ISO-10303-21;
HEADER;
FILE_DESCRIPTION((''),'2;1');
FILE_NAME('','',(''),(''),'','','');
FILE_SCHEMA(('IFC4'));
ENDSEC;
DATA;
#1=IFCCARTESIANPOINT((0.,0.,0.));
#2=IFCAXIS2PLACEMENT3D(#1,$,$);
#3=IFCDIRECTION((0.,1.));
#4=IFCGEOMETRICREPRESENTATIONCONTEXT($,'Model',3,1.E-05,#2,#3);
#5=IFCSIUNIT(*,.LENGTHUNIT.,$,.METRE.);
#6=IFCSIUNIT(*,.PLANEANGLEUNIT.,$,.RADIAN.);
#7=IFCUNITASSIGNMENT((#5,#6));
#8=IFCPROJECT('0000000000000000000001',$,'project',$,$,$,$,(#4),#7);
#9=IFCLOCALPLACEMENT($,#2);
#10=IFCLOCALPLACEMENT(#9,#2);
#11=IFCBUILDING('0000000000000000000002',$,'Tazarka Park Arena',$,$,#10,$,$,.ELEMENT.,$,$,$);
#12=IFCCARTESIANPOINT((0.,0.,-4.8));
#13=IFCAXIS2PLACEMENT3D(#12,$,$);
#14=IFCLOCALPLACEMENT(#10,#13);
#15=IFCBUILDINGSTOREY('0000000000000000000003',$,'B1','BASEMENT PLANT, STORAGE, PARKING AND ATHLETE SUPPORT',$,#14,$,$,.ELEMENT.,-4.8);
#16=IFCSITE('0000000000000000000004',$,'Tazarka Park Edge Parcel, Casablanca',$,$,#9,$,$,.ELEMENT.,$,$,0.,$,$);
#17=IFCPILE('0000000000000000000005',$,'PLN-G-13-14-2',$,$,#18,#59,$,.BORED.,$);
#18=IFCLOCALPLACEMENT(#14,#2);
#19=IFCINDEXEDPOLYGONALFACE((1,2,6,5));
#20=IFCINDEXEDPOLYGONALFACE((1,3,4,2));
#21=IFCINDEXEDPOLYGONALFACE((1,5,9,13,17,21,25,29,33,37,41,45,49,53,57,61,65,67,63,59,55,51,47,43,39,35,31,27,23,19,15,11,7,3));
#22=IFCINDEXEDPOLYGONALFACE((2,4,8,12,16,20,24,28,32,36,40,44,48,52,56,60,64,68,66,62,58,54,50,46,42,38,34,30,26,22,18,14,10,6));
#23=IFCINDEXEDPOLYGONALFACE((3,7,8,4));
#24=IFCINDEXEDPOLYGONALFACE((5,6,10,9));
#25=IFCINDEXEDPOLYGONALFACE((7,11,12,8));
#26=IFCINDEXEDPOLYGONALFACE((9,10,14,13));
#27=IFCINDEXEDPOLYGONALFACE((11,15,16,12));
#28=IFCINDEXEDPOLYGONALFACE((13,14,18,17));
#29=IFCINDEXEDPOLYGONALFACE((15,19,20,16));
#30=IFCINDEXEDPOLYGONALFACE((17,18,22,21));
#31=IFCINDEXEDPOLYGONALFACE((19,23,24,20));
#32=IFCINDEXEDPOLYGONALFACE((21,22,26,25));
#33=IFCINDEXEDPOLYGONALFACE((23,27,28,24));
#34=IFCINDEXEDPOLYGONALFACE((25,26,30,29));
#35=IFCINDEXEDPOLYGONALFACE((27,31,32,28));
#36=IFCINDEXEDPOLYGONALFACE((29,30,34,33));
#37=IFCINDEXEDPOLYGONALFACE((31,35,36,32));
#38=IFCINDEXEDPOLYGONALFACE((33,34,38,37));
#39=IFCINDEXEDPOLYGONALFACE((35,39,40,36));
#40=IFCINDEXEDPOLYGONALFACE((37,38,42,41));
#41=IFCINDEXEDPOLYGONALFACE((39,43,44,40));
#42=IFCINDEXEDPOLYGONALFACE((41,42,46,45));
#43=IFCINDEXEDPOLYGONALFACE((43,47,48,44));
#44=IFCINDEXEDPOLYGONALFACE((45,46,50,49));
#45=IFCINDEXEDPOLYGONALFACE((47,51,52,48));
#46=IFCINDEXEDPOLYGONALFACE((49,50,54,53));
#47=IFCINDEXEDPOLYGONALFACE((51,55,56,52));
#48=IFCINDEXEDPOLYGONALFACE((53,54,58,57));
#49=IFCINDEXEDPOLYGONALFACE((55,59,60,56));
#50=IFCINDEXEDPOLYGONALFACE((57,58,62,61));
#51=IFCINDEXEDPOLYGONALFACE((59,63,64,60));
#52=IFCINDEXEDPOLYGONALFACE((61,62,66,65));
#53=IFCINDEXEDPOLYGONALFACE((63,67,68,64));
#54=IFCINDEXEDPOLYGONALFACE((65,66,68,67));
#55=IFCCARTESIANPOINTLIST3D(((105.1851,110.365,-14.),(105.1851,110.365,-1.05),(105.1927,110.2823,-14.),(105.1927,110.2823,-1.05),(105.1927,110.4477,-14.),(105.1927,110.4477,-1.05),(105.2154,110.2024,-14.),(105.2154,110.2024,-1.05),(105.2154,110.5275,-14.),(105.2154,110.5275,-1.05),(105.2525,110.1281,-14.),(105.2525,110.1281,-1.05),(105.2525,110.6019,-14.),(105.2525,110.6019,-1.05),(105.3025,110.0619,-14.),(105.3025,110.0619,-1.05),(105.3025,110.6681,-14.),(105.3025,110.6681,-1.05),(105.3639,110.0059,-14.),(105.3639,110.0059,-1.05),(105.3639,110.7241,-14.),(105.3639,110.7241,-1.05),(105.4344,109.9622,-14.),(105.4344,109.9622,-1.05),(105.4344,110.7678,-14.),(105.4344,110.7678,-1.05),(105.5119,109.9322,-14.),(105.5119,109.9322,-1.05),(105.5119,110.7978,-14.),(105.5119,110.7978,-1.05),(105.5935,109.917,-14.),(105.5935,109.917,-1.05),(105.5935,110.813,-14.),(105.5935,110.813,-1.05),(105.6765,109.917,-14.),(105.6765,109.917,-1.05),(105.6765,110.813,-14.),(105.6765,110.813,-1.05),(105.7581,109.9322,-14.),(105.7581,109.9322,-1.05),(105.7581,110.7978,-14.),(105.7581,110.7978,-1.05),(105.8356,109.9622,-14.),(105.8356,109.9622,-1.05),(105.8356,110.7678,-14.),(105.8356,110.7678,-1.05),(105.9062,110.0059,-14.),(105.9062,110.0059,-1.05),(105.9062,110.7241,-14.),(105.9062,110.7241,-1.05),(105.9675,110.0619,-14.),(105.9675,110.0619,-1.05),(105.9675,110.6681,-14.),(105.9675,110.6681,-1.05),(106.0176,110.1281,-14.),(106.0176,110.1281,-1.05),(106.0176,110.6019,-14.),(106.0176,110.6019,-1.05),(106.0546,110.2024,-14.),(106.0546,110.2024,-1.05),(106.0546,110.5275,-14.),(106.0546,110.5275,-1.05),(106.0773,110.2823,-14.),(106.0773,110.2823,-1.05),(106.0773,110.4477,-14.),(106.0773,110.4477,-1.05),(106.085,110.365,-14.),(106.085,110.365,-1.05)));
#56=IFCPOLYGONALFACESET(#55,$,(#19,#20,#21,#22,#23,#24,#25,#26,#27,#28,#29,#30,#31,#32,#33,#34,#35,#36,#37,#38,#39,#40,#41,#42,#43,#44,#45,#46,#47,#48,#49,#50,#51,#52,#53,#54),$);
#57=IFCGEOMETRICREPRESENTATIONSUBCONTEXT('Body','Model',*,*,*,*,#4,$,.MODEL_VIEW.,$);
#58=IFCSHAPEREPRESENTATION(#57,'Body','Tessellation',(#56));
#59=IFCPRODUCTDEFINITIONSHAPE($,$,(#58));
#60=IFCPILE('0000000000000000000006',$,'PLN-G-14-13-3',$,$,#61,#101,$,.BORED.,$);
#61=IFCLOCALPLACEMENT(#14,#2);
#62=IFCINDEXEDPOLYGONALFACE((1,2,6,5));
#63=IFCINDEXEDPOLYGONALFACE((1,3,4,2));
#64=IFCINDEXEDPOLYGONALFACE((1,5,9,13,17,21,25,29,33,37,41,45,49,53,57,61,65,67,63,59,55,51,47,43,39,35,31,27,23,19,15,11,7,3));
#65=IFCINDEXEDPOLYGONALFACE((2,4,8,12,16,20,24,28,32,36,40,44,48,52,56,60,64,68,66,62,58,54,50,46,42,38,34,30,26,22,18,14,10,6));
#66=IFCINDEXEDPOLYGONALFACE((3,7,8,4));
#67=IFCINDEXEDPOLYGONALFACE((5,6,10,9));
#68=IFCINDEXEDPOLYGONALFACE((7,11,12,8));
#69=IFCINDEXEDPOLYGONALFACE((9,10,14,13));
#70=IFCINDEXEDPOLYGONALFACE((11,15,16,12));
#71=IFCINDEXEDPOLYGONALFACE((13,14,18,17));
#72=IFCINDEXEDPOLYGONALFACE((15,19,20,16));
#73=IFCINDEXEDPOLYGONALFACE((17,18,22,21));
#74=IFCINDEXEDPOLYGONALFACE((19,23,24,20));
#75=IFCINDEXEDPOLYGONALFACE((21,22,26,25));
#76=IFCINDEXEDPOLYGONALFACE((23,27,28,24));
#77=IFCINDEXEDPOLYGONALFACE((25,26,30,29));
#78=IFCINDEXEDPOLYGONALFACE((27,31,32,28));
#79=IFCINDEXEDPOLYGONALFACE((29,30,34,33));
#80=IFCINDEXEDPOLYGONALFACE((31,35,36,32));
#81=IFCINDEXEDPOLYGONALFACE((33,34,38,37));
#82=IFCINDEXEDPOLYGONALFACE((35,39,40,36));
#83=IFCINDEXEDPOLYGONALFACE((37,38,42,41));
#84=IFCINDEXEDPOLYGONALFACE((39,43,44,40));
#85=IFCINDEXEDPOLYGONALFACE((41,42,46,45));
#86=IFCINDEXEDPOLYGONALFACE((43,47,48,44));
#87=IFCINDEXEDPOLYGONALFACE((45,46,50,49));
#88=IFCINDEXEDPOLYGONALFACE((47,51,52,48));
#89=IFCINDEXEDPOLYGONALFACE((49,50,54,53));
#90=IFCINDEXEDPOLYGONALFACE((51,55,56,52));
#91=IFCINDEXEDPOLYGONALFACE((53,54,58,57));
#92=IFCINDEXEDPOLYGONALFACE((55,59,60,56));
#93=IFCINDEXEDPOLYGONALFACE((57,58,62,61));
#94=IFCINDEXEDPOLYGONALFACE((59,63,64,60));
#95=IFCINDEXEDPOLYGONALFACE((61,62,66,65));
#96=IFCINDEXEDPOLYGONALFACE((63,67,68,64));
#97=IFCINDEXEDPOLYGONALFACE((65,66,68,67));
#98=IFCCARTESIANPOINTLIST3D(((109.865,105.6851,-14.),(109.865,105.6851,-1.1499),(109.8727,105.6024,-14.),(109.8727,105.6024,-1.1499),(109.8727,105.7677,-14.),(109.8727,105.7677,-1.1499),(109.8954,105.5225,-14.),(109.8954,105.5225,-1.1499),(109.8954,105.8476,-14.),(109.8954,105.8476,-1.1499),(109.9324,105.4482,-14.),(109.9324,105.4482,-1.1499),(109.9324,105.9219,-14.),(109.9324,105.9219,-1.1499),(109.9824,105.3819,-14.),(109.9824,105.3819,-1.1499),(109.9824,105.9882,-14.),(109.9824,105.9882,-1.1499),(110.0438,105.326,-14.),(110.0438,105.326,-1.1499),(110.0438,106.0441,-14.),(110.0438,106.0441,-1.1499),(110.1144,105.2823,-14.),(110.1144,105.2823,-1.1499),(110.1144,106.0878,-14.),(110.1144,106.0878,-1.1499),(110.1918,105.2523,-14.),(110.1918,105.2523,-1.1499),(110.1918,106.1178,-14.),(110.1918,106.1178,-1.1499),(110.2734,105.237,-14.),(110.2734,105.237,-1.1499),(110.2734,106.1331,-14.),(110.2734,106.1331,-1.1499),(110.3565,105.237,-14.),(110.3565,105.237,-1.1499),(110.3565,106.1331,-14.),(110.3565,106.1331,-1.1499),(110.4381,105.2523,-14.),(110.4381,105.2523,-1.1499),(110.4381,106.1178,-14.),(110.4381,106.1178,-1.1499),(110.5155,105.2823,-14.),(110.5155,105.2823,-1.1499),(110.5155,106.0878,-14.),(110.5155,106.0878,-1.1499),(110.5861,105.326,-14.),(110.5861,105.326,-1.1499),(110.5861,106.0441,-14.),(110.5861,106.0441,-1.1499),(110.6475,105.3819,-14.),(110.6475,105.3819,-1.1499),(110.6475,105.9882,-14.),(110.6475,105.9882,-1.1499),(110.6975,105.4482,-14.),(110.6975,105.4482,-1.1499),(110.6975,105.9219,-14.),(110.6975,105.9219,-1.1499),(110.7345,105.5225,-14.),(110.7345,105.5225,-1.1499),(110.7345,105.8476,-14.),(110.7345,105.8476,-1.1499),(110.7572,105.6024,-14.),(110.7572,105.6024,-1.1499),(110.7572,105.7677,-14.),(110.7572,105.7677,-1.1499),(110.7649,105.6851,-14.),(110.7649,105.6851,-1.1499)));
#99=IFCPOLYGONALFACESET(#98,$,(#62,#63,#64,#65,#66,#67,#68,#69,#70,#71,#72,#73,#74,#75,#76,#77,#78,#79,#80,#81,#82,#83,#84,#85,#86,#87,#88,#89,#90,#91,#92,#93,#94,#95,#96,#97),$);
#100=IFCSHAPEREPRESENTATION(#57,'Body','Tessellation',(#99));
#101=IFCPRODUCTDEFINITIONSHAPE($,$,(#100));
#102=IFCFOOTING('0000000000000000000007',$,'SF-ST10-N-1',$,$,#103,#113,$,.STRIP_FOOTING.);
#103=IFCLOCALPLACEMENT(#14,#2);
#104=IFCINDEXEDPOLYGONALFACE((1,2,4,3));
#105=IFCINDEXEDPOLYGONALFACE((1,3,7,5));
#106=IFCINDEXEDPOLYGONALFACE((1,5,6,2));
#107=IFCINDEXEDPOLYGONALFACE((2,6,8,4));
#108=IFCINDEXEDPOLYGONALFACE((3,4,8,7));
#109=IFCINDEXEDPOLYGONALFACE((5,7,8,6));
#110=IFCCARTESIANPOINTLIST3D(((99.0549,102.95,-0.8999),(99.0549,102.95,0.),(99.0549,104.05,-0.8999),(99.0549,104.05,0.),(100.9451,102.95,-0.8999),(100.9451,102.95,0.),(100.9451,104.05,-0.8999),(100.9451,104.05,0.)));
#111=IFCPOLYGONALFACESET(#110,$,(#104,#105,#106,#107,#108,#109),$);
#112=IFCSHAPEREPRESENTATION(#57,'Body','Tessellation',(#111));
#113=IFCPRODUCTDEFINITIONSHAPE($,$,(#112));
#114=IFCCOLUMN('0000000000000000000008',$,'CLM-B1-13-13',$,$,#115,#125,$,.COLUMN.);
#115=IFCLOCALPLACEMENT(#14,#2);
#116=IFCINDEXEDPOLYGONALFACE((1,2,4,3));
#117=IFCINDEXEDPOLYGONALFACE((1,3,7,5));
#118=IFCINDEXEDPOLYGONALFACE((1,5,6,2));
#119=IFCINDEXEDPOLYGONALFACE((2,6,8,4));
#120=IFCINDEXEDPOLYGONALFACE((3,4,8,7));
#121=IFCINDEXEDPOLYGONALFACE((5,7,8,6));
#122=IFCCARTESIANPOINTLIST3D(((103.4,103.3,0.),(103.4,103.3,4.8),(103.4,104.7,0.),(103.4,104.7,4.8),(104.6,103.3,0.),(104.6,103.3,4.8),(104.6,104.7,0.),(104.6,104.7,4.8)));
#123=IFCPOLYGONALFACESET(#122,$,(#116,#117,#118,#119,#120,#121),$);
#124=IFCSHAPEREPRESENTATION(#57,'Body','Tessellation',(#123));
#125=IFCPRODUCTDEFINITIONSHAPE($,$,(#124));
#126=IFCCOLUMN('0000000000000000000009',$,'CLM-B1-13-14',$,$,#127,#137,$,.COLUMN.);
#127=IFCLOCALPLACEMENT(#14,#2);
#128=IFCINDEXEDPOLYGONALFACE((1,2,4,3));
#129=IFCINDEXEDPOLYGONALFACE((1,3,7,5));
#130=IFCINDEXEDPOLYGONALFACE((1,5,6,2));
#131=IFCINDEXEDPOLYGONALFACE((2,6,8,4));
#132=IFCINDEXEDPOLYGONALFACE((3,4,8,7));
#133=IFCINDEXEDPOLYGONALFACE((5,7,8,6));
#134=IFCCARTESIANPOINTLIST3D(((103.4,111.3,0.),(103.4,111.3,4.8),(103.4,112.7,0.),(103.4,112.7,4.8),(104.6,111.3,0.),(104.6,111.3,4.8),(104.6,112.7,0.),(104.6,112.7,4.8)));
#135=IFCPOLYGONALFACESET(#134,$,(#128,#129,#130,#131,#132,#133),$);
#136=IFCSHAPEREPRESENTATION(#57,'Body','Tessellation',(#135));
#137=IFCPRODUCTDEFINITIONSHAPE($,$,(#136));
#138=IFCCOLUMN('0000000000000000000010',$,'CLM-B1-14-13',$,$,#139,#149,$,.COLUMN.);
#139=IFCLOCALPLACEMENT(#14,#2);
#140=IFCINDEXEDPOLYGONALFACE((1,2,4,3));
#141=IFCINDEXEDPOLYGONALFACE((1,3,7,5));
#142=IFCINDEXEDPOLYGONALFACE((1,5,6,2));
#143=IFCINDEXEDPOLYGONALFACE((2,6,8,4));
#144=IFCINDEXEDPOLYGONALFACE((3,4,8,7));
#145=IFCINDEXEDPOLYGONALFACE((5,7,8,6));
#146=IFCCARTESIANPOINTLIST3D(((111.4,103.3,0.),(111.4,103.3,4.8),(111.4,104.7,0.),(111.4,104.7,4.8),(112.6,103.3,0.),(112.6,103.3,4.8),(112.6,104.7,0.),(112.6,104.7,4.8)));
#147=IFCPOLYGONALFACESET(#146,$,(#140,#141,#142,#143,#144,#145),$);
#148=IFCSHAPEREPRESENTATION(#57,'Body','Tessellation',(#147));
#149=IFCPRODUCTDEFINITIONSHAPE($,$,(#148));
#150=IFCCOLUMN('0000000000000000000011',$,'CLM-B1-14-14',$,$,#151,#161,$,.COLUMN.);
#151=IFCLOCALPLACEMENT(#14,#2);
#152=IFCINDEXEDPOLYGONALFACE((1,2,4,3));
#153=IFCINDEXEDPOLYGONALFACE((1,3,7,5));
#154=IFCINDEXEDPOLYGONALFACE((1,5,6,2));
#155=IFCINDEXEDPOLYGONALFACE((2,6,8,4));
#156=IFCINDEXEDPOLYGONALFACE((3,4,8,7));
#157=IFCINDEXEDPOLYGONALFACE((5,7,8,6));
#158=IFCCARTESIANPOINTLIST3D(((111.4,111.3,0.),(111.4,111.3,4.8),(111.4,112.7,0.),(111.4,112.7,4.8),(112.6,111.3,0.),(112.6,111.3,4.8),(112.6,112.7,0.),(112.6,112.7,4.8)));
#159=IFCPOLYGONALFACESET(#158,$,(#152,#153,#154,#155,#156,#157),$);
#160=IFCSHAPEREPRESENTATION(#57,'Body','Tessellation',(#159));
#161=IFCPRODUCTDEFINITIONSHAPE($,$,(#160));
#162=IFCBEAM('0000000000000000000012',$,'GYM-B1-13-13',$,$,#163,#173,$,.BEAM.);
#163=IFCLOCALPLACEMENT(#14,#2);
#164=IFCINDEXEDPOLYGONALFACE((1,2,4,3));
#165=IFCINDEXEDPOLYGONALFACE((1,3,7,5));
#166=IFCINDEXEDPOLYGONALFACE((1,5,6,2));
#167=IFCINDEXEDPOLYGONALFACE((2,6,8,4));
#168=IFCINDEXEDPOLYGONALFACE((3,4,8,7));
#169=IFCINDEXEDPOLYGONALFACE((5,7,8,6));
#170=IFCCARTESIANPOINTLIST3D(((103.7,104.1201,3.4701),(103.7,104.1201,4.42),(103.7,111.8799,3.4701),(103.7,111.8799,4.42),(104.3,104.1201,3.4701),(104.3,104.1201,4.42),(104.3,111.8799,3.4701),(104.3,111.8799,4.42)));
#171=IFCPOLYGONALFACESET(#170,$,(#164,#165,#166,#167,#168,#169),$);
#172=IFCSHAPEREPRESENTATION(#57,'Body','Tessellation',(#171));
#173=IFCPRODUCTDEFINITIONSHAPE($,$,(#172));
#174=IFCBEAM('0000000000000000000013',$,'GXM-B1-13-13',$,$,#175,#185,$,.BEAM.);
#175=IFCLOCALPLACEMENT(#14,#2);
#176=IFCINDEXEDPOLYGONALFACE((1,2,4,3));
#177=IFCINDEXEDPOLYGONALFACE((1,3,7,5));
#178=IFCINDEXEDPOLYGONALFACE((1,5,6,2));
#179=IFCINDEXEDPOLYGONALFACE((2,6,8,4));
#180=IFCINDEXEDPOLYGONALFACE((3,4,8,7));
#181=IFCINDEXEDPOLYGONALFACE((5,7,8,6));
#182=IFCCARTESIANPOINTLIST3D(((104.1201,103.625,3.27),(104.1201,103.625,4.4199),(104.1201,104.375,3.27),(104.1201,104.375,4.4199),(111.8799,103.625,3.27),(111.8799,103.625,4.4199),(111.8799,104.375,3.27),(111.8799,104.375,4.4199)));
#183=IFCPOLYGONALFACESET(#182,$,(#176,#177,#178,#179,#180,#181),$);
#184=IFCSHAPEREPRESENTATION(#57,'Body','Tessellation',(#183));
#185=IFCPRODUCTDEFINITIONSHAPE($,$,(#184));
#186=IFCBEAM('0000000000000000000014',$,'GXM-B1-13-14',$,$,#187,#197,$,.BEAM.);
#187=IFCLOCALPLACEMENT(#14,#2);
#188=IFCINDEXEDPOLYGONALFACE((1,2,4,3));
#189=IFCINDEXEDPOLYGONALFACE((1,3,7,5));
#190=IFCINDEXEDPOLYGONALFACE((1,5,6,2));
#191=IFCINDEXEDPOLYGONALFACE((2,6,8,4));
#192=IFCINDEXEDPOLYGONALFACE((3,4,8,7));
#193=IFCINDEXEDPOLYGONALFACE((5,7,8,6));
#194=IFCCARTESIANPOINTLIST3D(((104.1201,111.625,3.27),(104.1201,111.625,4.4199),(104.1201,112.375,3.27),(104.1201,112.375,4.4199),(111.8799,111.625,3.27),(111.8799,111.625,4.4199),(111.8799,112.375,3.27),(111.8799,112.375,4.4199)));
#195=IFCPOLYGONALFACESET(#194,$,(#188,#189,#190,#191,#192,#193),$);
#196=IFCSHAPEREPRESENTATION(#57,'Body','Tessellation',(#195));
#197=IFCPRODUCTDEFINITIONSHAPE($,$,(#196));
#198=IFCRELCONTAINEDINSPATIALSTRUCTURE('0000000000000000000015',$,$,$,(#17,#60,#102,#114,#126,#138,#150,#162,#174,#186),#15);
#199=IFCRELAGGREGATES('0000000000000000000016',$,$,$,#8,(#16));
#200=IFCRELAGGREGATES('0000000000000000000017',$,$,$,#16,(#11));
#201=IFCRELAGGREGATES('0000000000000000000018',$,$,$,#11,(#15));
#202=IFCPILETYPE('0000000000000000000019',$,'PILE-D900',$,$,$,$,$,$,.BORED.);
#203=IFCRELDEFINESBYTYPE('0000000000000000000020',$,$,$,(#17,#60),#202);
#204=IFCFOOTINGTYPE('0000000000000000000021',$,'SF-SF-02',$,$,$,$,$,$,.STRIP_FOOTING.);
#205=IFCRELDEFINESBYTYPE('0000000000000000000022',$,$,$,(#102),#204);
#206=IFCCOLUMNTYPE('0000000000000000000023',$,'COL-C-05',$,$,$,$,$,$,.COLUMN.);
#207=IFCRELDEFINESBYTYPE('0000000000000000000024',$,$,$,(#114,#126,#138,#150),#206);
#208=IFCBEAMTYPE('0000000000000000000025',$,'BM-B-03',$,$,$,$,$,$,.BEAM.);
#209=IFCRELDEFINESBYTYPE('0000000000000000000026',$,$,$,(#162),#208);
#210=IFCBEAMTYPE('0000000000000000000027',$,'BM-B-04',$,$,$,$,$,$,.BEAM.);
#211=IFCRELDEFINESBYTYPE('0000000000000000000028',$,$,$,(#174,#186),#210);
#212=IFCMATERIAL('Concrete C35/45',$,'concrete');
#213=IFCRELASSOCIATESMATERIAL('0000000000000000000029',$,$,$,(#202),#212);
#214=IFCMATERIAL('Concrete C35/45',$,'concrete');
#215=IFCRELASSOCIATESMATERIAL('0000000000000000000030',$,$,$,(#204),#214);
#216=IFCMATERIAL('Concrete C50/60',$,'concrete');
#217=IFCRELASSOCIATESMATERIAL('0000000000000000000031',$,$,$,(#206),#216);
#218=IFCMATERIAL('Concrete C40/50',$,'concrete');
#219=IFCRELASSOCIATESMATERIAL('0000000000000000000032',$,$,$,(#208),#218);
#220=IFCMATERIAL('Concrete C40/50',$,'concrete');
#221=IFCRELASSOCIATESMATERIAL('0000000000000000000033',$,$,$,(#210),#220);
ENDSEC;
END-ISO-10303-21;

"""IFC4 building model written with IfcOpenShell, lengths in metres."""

from ifc_helpers import new_model, si_unit, direction, frame, origin, origin_2d, place, context, subcontext, project, spatial, rectangle, circle, extrude, material, material_profile, profile_set, type_object, element, save


model = new_model("IFC4")

# Units and contexts
model_context = context("Model", 3, precision=1e-05, world=origin(), true_north=direction((0.0, 1.0)))
body_context = subcontext(model_context, "Body", "Model", "MODEL_VIEW")
ifc_project = project(units=[si_unit("LENGTHUNIT", "METRE"), si_unit("PLANEANGLEUNIT", "RADIAN")], contexts=[model_context])

# Site, building, storey
site_placement = place(None, origin())
site = spatial("IfcSite", under=ifc_project, at=site_placement, Name="Tazarka Park Edge Parcel, Casablanca", CompositionType="ELEMENT", RefElevation=0.0)
building_placement = place(site_placement, origin())
building = spatial("IfcBuilding", under=site, at=building_placement, Name="Tazarka Park Arena", CompositionType="ELEMENT")
storey_placement = place(building_placement, frame((0.0, 0.0, -4.8)))
storey = spatial("IfcBuildingStorey", under=building, at=storey_placement, Name="B1", Description="BASEMENT PLANT, STORAGE, PARKING AND ATHLETE SUPPORT", CompositionType="ELEMENT", Elevation=-4.8)

# Piles
ifc_material_1 = material(Name="Concrete C35/45", Category="concrete")
ifc_material_profile_1 = material_profile(ifc_material_1, circle(Radius=0.45, at=origin_2d()), Name="Concrete C35/45")
ifc_profile_set_1 = profile_set([ifc_material_profile_1], Name="Concrete C35/45")
pile_type_1 = type_object("IfcPileType", Name="PILE-D900", PredefinedType="BORED", material=ifc_profile_set_1)
for number, where, z_axis, x_axis, name in (
    (1, (105.635, 110.365, -1.05), (0.0, 0.0, -1.0), (1.0, 0.0, 0.0), "PLN-G-13-14-2"),
):
    element("IfcPile", number, at=place(storey_placement, frame(where, z_axis=z_axis, x_axis=x_axis)), inside=storey, type_object=pile_type_1, Name=name, PredefinedType="BORED", context=body_context, shape_type="SweptSolid", body=[
        extrude(circle(Radius=0.45, at=origin_2d()), origin(), (0.0, 0.0, 1.0), 12.95),
    ])
pile_1_placement = place(storey_placement, frame((110.3149, 105.6851, -1.1499), z_axis=(0.0, 0.0, -1.0), x_axis=(1.0, 0.0, 0.0)))
element("IfcPile", 2, at=pile_1_placement, inside=storey, type_object=pile_type_1, Name="PLN-G-14-13-3", PredefinedType="BORED", context=body_context, shape_type="SweptSolid", body=[
    extrude(circle(Radius=0.45, at=origin_2d()), origin(), (0.0, 0.0, 1.0), 12.8501),
])

# Footing
ifc_material_2 = material(Name="Concrete C35/45", Category="concrete")
ifc_material_profile_2 = material_profile(ifc_material_2, rectangle(XDim=1.1001, YDim=0.8999, at=origin_2d()), Name="Concrete C35/45")
ifc_profile_set_2 = profile_set([ifc_material_profile_2], Name="Concrete C35/45")
footing_type_1 = type_object("IfcFootingType", Name="SF-SF-02", PredefinedType="STRIP_FOOTING", material=ifc_profile_set_2)
footing_1_placement = place(storey_placement, frame((99.0549, 103.5, -0.45), z_axis=(1.0, 0.0, 0.0), x_axis=(0.0, 1.0, 0.0)))
element("IfcFooting", 3, at=footing_1_placement, inside=storey, type_object=footing_type_1, Name="SF-ST10-N-1", PredefinedType="STRIP_FOOTING", context=body_context, shape_type="SweptSolid", body=[
    extrude(rectangle(XDim=1.1001, YDim=0.8999, at=origin_2d()), origin(), (0.0, 0.0, 1.0), 1.8901),
])

# Columns
ifc_material_3 = material(Name="Concrete C50/60", Category="concrete")
ifc_material_profile_3 = material_profile(ifc_material_3, rectangle(XDim=1.2, YDim=1.3999, at=origin_2d()), Name="Concrete C50/60")
ifc_profile_set_3 = profile_set([ifc_material_profile_3], Name="Concrete C50/60")
column_type = type_object("IfcColumnType", Name="COL-C-05", PredefinedType="COLUMN", material=ifc_profile_set_3)
for number, where, z_axis, x_axis, name in (
    (4, (104.0, 104.0, 0.0), (0.0, 0.0, 1.0), (1.0, 0.0, 0.0), "CLM-B1-13-13"),
    (5, (104.0, 112.0, 0.0), (0.0, 0.0, 1.0), (1.0, 0.0, 0.0), "CLM-B1-13-14"),
    (6, (112.0, 104.0, 0.0), (0.0, 0.0, 1.0), (1.0, 0.0, 0.0), "CLM-B1-14-13"),
    (7, (112.0, 112.0, 0.0), (0.0, 0.0, 1.0), (1.0, 0.0, 0.0), "CLM-B1-14-14"),
):
    element("IfcColumn", number, at=place(storey_placement, frame(where, z_axis=z_axis, x_axis=x_axis)), inside=storey, type_object=column_type, Name=name, PredefinedType="COLUMN", context=body_context, shape_type="SweptSolid", body=[
        extrude(rectangle(XDim=1.2, YDim=1.3999, at=origin_2d()), origin(), (0.0, 0.0, 1.0), 4.8),
    ])

# Beams
ifc_material_4 = material(Name="Concrete C40/50", Category="concrete")
ifc_material_profile_4 = material_profile(ifc_material_4, rectangle(XDim=0.6001, YDim=0.95, at=origin_2d()), Name="Concrete C40/50")
ifc_profile_set_4 = profile_set([ifc_material_profile_4], Name="Concrete C40/50")
beam_type_1 = type_object("IfcBeamType", Name="BM-B-03", PredefinedType="BEAM", material=ifc_profile_set_4)
beam_1_placement = place(storey_placement, frame((104.0, 104.1201, 3.9451), z_axis=(0.0, 1.0, 0.0), x_axis=(-1.0, 0.0, 0.0)))
element("IfcBeam", 8, at=beam_1_placement, inside=storey, type_object=beam_type_1, Name="GYM-B1-13-13", PredefinedType="BEAM", context=body_context, shape_type="SweptSolid", body=[
    extrude(rectangle(XDim=0.6001, YDim=0.95, at=origin_2d()), origin(), (0.0, 0.0, 1.0), 7.7598),
])
ifc_material_5 = material(Name="Concrete C40/50", Category="concrete")
ifc_material_profile_5 = material_profile(ifc_material_5, rectangle(XDim=0.75, YDim=1.1499, at=origin_2d()), Name="Concrete C40/50")
ifc_profile_set_5 = profile_set([ifc_material_profile_5], Name="Concrete C40/50")
beam_type_2 = type_object("IfcBeamType", Name="BM-B-04", PredefinedType="BEAM", material=ifc_profile_set_5)
for number, where, z_axis, x_axis, name in (
    (9, (104.1201, 104.0, 3.845), (1.0, 0.0, 0.0), (0.0, 1.0, 0.0), "GXM-B1-13-13"),
    (10, (104.1201, 112.0, 3.845), (1.0, 0.0, 0.0), (0.0, 1.0, 0.0), "GXM-B1-13-14"),
):
    element("IfcBeam", number, at=place(storey_placement, frame(where, z_axis=z_axis, x_axis=x_axis)), inside=storey, type_object=beam_type_2, Name=name, PredefinedType="BEAM", context=body_context, shape_type="SweptSolid", body=[
        extrude(rectangle(XDim=0.75, YDim=1.1499, at=origin_2d()), origin(), (0.0, 0.0, 1.0), 7.7598),
    ])

save(model, "model.ifc")
